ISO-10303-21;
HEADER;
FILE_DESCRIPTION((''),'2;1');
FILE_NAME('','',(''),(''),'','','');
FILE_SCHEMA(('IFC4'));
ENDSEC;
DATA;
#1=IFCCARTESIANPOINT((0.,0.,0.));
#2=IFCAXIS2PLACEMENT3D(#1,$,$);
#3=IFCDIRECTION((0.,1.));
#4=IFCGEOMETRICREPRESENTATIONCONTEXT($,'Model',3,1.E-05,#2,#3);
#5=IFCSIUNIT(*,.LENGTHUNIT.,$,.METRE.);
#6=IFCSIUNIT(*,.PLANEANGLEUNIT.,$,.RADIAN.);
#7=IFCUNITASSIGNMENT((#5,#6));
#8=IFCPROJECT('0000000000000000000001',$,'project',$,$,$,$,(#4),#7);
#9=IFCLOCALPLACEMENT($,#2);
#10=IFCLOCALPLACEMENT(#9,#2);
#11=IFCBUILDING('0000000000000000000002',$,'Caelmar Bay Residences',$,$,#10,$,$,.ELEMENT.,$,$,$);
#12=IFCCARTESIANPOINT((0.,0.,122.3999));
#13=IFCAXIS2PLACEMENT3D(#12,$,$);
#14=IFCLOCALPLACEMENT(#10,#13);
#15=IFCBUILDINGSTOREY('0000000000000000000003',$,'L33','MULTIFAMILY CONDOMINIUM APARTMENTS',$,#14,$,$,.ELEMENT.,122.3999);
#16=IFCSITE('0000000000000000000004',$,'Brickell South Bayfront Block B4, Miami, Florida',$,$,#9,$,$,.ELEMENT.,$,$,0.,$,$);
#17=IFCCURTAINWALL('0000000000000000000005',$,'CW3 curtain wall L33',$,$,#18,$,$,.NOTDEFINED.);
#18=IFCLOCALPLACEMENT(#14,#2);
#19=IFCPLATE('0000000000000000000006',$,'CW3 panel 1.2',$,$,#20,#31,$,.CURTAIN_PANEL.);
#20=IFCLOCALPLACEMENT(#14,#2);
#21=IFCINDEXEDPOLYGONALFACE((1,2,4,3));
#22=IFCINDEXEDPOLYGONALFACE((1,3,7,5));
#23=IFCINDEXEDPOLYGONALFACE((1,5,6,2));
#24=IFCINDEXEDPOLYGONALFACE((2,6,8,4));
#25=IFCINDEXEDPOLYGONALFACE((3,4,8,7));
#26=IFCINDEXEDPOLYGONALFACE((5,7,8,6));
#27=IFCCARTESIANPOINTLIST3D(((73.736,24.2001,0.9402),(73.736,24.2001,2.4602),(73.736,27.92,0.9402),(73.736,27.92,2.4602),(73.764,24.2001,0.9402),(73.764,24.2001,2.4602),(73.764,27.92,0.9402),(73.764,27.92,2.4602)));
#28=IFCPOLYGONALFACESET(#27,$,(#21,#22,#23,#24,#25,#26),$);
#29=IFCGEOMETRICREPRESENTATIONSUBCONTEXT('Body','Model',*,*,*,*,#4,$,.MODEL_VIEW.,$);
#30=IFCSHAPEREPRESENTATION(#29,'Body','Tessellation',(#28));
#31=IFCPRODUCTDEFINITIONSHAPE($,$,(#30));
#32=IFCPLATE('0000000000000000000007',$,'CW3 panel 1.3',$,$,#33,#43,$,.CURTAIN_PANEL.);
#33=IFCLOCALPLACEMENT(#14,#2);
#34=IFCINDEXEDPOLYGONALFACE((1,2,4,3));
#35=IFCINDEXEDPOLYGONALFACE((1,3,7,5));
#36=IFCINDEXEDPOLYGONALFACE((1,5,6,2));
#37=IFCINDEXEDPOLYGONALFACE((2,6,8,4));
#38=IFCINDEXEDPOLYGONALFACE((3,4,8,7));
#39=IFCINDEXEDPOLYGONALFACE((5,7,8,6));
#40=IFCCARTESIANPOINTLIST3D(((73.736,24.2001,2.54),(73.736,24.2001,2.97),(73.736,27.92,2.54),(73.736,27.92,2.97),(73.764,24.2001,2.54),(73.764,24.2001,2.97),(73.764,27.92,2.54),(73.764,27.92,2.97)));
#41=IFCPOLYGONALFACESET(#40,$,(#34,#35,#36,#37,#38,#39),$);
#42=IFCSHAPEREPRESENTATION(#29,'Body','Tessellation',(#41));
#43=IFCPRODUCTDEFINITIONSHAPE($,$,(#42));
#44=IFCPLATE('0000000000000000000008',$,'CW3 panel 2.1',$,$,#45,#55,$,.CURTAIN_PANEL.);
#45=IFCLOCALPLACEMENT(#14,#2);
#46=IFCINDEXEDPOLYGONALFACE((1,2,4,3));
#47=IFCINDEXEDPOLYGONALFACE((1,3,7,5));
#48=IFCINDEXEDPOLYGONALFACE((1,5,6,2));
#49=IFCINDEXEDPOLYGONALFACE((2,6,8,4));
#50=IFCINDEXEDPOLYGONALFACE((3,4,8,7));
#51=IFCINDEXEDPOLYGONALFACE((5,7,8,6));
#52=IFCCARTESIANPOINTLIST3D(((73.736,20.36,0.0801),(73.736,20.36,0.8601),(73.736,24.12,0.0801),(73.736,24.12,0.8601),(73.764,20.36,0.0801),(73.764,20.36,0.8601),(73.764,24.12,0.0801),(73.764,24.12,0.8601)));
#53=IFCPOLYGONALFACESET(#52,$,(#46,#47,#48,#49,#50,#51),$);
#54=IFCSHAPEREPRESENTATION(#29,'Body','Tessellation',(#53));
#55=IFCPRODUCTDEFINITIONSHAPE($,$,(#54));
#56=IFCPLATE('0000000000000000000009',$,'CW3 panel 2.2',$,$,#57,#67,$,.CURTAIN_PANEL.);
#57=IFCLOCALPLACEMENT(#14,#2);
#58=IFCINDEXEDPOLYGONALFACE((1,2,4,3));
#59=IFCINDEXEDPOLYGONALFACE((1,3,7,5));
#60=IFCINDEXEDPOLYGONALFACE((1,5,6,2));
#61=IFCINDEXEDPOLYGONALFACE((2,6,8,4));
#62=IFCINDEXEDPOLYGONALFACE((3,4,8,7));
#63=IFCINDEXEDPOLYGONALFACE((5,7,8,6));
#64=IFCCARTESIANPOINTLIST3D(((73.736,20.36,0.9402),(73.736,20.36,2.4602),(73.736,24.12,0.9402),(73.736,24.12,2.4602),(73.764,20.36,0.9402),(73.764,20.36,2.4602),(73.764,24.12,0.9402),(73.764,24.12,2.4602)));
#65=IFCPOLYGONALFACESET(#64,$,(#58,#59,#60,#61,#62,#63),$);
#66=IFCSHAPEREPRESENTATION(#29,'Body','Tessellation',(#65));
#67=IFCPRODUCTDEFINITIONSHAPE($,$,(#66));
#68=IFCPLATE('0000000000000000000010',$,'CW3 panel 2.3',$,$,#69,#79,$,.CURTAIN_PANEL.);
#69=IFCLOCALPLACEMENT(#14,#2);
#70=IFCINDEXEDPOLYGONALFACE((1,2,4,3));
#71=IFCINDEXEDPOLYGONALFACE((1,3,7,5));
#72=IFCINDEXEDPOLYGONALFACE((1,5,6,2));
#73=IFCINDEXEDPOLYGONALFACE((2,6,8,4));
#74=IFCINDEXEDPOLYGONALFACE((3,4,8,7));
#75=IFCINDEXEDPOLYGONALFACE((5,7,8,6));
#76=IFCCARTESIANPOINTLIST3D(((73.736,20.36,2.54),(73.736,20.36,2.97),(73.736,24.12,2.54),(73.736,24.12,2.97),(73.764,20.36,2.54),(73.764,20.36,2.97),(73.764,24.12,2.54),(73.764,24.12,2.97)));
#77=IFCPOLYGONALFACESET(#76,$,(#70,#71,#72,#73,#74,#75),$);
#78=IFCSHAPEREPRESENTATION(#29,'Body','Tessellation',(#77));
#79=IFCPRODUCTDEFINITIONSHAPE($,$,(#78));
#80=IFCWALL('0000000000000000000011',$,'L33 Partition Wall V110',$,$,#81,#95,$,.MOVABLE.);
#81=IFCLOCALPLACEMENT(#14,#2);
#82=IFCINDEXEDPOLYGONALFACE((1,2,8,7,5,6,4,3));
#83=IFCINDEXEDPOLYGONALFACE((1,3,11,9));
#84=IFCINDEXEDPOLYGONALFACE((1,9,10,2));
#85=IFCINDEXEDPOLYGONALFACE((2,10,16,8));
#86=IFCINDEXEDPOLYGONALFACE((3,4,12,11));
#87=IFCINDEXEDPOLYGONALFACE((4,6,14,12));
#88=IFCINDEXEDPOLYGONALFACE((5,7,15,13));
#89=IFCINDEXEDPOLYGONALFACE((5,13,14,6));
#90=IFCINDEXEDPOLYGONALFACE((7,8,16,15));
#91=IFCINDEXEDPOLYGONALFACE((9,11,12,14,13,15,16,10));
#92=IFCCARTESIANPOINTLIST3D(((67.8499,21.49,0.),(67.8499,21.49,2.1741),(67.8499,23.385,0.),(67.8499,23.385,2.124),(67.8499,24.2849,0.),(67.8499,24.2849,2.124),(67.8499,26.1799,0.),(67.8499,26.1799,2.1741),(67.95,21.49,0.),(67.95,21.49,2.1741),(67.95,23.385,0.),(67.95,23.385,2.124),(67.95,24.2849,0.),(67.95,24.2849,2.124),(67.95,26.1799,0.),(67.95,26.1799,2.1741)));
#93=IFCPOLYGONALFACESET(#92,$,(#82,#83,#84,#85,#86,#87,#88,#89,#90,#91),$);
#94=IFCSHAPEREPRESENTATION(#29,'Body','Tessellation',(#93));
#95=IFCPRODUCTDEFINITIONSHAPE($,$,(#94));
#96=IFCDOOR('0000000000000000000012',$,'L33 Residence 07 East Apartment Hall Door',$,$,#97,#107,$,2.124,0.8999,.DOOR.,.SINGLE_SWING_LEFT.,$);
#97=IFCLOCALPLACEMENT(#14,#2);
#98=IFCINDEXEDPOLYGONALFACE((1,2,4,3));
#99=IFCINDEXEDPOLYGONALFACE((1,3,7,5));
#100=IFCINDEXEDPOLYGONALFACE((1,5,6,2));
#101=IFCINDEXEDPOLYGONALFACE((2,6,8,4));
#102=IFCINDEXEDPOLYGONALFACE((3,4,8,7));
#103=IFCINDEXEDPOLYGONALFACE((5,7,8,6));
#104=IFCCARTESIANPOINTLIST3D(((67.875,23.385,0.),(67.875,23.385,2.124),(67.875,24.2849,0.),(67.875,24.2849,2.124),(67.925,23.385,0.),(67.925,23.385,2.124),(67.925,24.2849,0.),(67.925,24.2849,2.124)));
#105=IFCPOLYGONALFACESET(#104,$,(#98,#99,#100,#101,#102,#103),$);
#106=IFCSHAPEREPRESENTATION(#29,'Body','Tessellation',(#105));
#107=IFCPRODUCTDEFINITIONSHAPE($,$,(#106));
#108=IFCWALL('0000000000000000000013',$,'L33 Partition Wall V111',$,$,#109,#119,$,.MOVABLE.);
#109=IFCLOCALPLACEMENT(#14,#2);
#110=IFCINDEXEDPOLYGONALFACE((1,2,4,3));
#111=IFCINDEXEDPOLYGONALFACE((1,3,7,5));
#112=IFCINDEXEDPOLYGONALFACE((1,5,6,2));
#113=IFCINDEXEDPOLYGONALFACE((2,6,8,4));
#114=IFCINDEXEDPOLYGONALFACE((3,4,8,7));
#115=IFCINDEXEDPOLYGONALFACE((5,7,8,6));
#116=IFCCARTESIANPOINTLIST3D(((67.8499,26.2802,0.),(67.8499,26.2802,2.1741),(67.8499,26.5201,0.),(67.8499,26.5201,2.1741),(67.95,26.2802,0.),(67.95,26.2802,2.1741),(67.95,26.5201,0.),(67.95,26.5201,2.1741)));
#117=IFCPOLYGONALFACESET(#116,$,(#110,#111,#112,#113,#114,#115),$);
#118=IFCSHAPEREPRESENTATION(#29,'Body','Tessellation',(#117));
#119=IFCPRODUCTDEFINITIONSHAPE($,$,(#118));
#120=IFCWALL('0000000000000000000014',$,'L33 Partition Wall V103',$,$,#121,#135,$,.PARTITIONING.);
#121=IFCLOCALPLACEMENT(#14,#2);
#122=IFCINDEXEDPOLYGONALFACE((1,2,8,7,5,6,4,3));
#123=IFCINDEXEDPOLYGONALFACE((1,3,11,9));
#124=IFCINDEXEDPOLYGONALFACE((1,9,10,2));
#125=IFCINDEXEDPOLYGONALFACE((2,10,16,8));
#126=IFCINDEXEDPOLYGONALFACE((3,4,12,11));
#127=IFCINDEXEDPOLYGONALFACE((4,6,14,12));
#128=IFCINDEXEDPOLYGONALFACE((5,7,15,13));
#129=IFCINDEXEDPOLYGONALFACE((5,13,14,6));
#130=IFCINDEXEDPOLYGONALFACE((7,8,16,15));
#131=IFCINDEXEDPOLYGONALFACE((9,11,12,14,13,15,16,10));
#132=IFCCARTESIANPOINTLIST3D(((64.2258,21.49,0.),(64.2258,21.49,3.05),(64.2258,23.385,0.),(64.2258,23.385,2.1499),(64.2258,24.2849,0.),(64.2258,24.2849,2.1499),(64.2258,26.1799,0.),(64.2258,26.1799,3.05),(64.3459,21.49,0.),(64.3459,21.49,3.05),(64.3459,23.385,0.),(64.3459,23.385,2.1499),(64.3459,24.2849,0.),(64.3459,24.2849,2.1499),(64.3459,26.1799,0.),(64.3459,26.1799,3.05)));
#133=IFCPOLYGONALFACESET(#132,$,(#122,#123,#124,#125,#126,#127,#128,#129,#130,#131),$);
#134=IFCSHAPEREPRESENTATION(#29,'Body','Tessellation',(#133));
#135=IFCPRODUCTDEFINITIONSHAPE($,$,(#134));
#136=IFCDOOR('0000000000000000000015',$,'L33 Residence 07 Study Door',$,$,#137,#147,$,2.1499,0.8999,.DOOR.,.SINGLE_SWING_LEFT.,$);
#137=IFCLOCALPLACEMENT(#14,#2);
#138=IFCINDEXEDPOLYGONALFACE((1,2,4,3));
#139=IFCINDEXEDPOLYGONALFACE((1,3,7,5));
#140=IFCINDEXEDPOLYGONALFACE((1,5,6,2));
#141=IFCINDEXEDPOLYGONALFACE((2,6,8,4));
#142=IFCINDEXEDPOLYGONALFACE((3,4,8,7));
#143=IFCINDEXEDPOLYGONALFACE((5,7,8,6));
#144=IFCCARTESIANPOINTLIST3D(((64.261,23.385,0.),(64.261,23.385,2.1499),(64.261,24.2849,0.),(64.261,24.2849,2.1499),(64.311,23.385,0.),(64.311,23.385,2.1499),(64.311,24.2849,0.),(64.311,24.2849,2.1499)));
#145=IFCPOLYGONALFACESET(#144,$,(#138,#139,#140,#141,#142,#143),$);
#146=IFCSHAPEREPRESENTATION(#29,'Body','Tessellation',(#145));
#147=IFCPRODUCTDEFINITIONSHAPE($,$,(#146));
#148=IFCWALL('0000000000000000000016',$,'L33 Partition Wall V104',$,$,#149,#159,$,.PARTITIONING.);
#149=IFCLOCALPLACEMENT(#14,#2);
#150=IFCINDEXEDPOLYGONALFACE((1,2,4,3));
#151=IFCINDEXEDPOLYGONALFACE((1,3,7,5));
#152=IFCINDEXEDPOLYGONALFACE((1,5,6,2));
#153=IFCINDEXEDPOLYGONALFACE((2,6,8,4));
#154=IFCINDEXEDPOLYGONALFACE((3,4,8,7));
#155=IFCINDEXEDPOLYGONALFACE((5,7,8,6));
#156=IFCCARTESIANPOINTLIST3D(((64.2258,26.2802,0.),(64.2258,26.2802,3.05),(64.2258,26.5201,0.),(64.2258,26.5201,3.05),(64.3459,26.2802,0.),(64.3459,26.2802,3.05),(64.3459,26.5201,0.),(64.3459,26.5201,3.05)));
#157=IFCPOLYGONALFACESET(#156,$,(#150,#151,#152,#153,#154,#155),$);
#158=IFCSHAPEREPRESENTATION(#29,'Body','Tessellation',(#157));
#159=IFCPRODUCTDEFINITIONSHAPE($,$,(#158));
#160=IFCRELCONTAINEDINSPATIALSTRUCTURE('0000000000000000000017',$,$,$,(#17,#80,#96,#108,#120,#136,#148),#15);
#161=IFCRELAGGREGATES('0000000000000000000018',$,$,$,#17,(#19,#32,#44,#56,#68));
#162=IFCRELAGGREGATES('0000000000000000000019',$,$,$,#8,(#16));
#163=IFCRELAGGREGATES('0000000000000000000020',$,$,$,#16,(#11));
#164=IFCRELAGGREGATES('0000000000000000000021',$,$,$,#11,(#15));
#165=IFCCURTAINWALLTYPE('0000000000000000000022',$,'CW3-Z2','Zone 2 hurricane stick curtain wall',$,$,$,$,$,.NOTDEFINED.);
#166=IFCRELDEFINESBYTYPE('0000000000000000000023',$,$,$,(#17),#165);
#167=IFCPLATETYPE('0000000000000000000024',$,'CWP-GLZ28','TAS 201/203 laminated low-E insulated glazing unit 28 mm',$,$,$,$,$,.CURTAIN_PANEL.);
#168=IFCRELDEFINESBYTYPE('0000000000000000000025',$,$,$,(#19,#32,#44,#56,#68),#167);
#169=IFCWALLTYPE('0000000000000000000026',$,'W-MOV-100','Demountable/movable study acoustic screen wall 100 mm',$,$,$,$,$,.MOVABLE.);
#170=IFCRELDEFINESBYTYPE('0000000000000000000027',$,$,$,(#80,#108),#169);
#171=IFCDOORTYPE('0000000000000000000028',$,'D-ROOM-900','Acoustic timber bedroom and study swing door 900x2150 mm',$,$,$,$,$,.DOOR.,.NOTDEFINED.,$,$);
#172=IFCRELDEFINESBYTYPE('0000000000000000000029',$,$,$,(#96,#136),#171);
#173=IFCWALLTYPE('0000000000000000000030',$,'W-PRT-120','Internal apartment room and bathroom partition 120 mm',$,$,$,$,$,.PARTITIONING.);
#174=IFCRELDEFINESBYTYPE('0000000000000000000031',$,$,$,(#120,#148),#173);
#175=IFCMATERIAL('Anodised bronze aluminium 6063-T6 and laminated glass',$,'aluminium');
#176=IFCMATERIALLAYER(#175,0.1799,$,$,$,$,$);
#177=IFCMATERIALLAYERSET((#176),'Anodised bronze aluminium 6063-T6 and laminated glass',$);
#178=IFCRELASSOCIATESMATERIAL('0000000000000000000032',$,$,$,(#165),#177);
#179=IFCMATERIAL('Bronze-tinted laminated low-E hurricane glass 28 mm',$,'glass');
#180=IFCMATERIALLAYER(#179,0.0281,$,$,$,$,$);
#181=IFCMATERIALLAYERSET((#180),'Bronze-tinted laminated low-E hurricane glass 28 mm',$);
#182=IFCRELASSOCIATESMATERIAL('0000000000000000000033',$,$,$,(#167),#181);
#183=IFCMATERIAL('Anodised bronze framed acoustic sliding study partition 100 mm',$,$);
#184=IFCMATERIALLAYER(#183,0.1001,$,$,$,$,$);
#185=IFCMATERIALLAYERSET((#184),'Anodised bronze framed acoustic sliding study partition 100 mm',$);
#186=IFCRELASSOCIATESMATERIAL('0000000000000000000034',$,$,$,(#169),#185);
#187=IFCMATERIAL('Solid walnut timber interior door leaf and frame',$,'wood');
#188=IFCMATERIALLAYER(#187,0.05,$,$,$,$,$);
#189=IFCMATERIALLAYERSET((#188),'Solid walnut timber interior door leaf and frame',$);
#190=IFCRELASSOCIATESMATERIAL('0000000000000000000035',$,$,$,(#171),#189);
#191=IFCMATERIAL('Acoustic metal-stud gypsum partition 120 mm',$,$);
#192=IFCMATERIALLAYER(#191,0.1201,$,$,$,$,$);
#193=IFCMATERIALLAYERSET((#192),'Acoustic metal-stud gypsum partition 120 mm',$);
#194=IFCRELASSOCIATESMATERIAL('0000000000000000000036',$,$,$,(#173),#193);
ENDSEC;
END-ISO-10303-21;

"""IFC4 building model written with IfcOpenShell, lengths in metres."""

from ifc_helpers import new_model, si_unit, direction, frame, frame_2d, origin, origin_2d, place, context, subcontext, project, spatial, rectangle, extrude, material, layer, layer_set, type_object, element, fill, aggregate, save


model = new_model("IFC4")

# Units and contexts
model_context = context("Model", 3, precision=1e-05, world=origin(), true_north=direction((0.0, 1.0)))
body_context = subcontext(model_context, "Body", "Model", "MODEL_VIEW")
ifc_project = project(units=[si_unit("LENGTHUNIT", "METRE"), si_unit("PLANEANGLEUNIT", "RADIAN")], contexts=[model_context])

# Site, building, storey
site_placement = place(None, origin())
site = spatial("IfcSite", under=ifc_project, at=site_placement, Name="Brickell South Bayfront Block B4, Miami, Florida", CompositionType="ELEMENT", RefElevation=0.0)
building_placement = place(site_placement, origin())
building = spatial("IfcBuilding", under=site, at=building_placement, Name="Caelmar Bay Residences", CompositionType="ELEMENT")
storey_placement = place(building_placement, frame((0.0, 0.0, 122.3999)))
storey = spatial("IfcBuildingStorey", under=building, at=storey_placement, Name="L33", Description="MULTIFAMILY CONDOMINIUM APARTMENTS", CompositionType="ELEMENT", Elevation=122.3999)

# Curtain wall, plates
ifc_material_1 = material(Name="Anodised bronze aluminium 6063-T6 and laminated glass", Category="aluminium")
ifc_layer_1 = layer(ifc_material_1, 0.1799)
ifc_layer_set_1 = layer_set([ifc_layer_1], Name="Anodised bronze aluminium 6063-T6 and laminated glass")
curtain_wall_type = type_object("IfcCurtainWallType", Name="CW3-Z2", Description="Zone 2 hurricane stick curtain wall", PredefinedType="NOTDEFINED", material=ifc_layer_set_1)
curtain_wall_placement = place(storey_placement, origin())
curtain_wall = element("IfcCurtainWall", 1, at=curtain_wall_placement, inside=storey, type_object=curtain_wall_type, Name="CW3 curtain wall L33", PredefinedType="NOTDEFINED")
ifc_material_2 = material(Name="Bronze-tinted laminated low-E hurricane glass 28 mm", Category="glass")
ifc_layer_2 = layer(ifc_material_2, 0.0281)
ifc_layer_set_2 = layer_set([ifc_layer_2], Name="Bronze-tinted laminated low-E hurricane glass 28 mm")
plate_type = type_object("IfcPlateType", Name="CWP-GLZ28", Description="TAS 201/203 laminated low-E insulated glazing unit 28 mm", PredefinedType="CURTAIN_PANEL", material=ifc_layer_set_2)
plate_1_placement = place(storey_placement, frame((73.75, 26.0601, 0.9402), z_axis=(0.0, 0.0, 1.0), x_axis=(0.0, -1.0, 0.0)))
plate_1 = element("IfcPlate", 2, at=plate_1_placement, type_object=plate_type, Name="CW3 panel 1.2", PredefinedType="CURTAIN_PANEL", context=body_context, shape_type="SweptSolid", body=[
    extrude(rectangle(XDim=3.72, YDim=0.0281, at=origin_2d()), origin(), (0.0, 0.0, 1.0), 1.52),
])
plate_2_placement = place(storey_placement, frame((73.75, 26.0601, 2.54), z_axis=(0.0, 0.0, 1.0), x_axis=(0.0, -1.0, 0.0)))
plate_2 = element("IfcPlate", 3, at=plate_2_placement, type_object=plate_type, Name="CW3 panel 1.3", PredefinedType="CURTAIN_PANEL", context=body_context, shape_type="SweptSolid", body=[
    extrude(rectangle(XDim=3.72, YDim=0.0281, at=origin_2d()), origin(), (0.0, 0.0, 1.0), 0.4299),
])
plate_3_placement = place(storey_placement, frame((73.75, 22.24, 0.0801), z_axis=(0.0, 0.0, 1.0), x_axis=(0.0, -1.0, 0.0)))
plate_3 = element("IfcPlate", 4, at=plate_3_placement, type_object=plate_type, Name="CW3 panel 2.1", PredefinedType="CURTAIN_PANEL", context=body_context, shape_type="SweptSolid", body=[
    extrude(rectangle(XDim=3.76, YDim=0.0281, at=origin_2d()), origin(), (0.0, 0.0, 1.0), 0.78),
])
plate_4_placement = place(storey_placement, frame((73.75, 22.24, 0.9402), z_axis=(0.0, 0.0, 1.0), x_axis=(0.0, -1.0, 0.0)))
plate_4 = element("IfcPlate", 5, at=plate_4_placement, type_object=plate_type, Name="CW3 panel 2.2", PredefinedType="CURTAIN_PANEL", context=body_context, shape_type="SweptSolid", body=[
    extrude(rectangle(XDim=3.76, YDim=0.0281, at=origin_2d()), origin(), (0.0, 0.0, 1.0), 1.52),
])
plate_5_placement = place(storey_placement, frame((73.75, 22.24, 2.54), z_axis=(0.0, 0.0, 1.0), x_axis=(0.0, -1.0, 0.0)))
plate_5 = element("IfcPlate", 6, at=plate_5_placement, type_object=plate_type, Name="CW3 panel 2.3", PredefinedType="CURTAIN_PANEL", context=body_context, shape_type="SweptSolid", body=[
    extrude(rectangle(XDim=3.76, YDim=0.0281, at=origin_2d()), origin(), (0.0, 0.0, 1.0), 0.4299),
])
aggregate(curtain_wall, [plate_1, plate_2, plate_3, plate_4, plate_5])

# Wall, opening, door
ifc_material_3 = material(Name="Anodised bronze framed acoustic sliding study partition 100 mm")
ifc_layer_3 = layer(ifc_material_3, 0.1001)
ifc_layer_set_3 = layer_set([ifc_layer_3], Name="Anodised bronze framed acoustic sliding study partition 100 mm")
wall_type_1 = type_object("IfcWallType", Name="W-MOV-100", Description="Demountable/movable study acoustic screen wall 100 mm", PredefinedType="MOVABLE", material=ifc_layer_set_3)
wall_1_placement = place(storey_placement, frame((67.8999, 21.49, 0.0), z_axis=(0.0, 0.0, 1.0), x_axis=(0.0, 1.0, 0.0)))
wall_1 = element("IfcWall", 7, at=wall_1_placement, inside=storey, type_object=wall_type_1, Name="L33 Partition Wall V110", PredefinedType="MOVABLE", context=body_context, shape_type="SweptSolid", body=[
    extrude(rectangle(XDim=4.6899, YDim=0.1001, at=frame_2d((2.345, 0.0))), origin(), (0.0, 0.0, 1.0), 2.1741),
])
opening_1_placement = place(wall_1_placement, frame((1.895, 0.0, 0.0)))
opening_1 = element("IfcOpeningElement", 8, at=opening_1_placement, cuts=wall_1, PredefinedType="OPENING", context=body_context, shape_type="SweptSolid", body=[
    extrude(rectangle(XDim=0.8999, YDim=2.124, at=frame_2d((0.45, 1.062))), frame((0.0, 0.0601, 0.0), z_axis=(0.0, -1.0, 0.0), x_axis=(1.0, 0.0, 0.0)), (0.0, 0.0, 1.0), 0.1201),
])
ifc_material_4 = material(Name="Solid walnut timber interior door leaf and frame", Category="wood")
ifc_layer_4 = layer(ifc_material_4, 0.05)
ifc_layer_set_4 = layer_set([ifc_layer_4], Name="Solid walnut timber interior door leaf and frame")
door_type_1 = type_object("IfcDoorType", Name="D-ROOM-900", Description="Acoustic timber bedroom and study swing door 900x2150 mm", OperationType="NOTDEFINED", PredefinedType="DOOR", material=ifc_layer_set_4)
door_1_placement = place(opening_1_placement, origin())
door_1 = element("IfcDoor", 9, at=door_1_placement, inside=storey, type_object=door_type_1, Name="L33 Residence 07 East Apartment Hall Door", OperationType="SINGLE_SWING_LEFT", OverallHeight=2.124, OverallWidth=0.8999, PredefinedType="DOOR", context=body_context, shape_type="SweptSolid", body=[
    extrude(rectangle(XDim=0.8999, YDim=2.124, at=frame_2d((0.45, 1.062))), frame((0.0, 0.0249, 0.0), z_axis=(0.0, -1.0, 0.0), x_axis=(1.0, 0.0, 0.0)), (0.0, 0.0, 1.0), 0.05),
])
fill(opening_1, door_1)

# Wall
wall_2_placement = place(storey_placement, frame((67.8999, 26.28, 0.0), z_axis=(0.0, 0.0, 1.0), x_axis=(0.0, 1.0, 0.0)))
element("IfcWall", 10, at=wall_2_placement, inside=storey, type_object=wall_type_1, Name="L33 Partition Wall V111", PredefinedType="MOVABLE", context=body_context, shape_type="SweptSolid", body=[
    extrude(rectangle(XDim=0.24, YDim=0.1001, at=frame_2d((0.1201, 0.0))), origin(), (0.0, 0.0, 1.0), 2.1741),
])

# Wall, opening, door
ifc_material_5 = material(Name="Acoustic metal-stud gypsum partition 120 mm")
ifc_layer_5 = layer(ifc_material_5, 0.1201)
ifc_layer_set_5 = layer_set([ifc_layer_5], Name="Acoustic metal-stud gypsum partition 120 mm")
wall_type_2 = type_object("IfcWallType", Name="W-PRT-120", Description="Internal apartment room and bathroom partition 120 mm", PredefinedType="PARTITIONING", material=ifc_layer_set_5)
wall_3_placement = place(storey_placement, frame((64.2859, 21.49, 0.0), z_axis=(0.0, 0.0, 1.0), x_axis=(0.0, 1.0, 0.0)))
wall_3 = element("IfcWall", 11, at=wall_3_placement, inside=storey, type_object=wall_type_2, Name="L33 Partition Wall V103", PredefinedType="PARTITIONING", context=body_context, shape_type="SweptSolid", body=[
    extrude(rectangle(XDim=4.6899, YDim=0.1201, at=frame_2d((2.345, 0.0))), origin(), (0.0, 0.0, 1.0), 3.05),
])
opening_2_placement = place(wall_3_placement, frame((1.895, 0.0, 0.0)))
opening_2 = element("IfcOpeningElement", 12, at=opening_2_placement, cuts=wall_3, PredefinedType="OPENING", context=body_context, shape_type="SweptSolid", body=[
    extrude(rectangle(XDim=0.8999, YDim=2.1499, at=frame_2d((0.45, 1.075))), frame((0.0, 0.0701, 0.0), z_axis=(0.0, -1.0, 0.0), x_axis=(1.0, 0.0, 0.0)), (0.0, 0.0, 1.0), 0.1401),
])
door_2_placement = place(opening_2_placement, origin())
door_2 = element("IfcDoor", 13, at=door_2_placement, inside=storey, type_object=door_type_1, Name="L33 Residence 07 Study Door", OperationType="SINGLE_SWING_LEFT", OverallHeight=2.1499, OverallWidth=0.8999, PredefinedType="DOOR", context=body_context, shape_type="SweptSolid", body=[
    extrude(rectangle(XDim=0.8999, YDim=2.1499, at=frame_2d((0.45, 1.075))), frame((0.0, 0.0249, 0.0), z_axis=(0.0, -1.0, 0.0), x_axis=(1.0, 0.0, 0.0)), (0.0, 0.0, 1.0), 0.05),
])
fill(opening_2, door_2)

# Wall
wall_4_placement = place(storey_placement, frame((64.2859, 26.28, 0.0), z_axis=(0.0, 0.0, 1.0), x_axis=(0.0, 1.0, 0.0)))
element("IfcWall", 14, at=wall_4_placement, inside=storey, type_object=wall_type_2, Name="L33 Partition Wall V104", PredefinedType="PARTITIONING", context=body_context, shape_type="SweptSolid", body=[
    extrude(rectangle(XDim=0.24, YDim=0.1201, at=frame_2d((0.1201, 0.0))), origin(), (0.0, 0.0, 1.0), 3.05),
])

save(model, "model.ifc")
